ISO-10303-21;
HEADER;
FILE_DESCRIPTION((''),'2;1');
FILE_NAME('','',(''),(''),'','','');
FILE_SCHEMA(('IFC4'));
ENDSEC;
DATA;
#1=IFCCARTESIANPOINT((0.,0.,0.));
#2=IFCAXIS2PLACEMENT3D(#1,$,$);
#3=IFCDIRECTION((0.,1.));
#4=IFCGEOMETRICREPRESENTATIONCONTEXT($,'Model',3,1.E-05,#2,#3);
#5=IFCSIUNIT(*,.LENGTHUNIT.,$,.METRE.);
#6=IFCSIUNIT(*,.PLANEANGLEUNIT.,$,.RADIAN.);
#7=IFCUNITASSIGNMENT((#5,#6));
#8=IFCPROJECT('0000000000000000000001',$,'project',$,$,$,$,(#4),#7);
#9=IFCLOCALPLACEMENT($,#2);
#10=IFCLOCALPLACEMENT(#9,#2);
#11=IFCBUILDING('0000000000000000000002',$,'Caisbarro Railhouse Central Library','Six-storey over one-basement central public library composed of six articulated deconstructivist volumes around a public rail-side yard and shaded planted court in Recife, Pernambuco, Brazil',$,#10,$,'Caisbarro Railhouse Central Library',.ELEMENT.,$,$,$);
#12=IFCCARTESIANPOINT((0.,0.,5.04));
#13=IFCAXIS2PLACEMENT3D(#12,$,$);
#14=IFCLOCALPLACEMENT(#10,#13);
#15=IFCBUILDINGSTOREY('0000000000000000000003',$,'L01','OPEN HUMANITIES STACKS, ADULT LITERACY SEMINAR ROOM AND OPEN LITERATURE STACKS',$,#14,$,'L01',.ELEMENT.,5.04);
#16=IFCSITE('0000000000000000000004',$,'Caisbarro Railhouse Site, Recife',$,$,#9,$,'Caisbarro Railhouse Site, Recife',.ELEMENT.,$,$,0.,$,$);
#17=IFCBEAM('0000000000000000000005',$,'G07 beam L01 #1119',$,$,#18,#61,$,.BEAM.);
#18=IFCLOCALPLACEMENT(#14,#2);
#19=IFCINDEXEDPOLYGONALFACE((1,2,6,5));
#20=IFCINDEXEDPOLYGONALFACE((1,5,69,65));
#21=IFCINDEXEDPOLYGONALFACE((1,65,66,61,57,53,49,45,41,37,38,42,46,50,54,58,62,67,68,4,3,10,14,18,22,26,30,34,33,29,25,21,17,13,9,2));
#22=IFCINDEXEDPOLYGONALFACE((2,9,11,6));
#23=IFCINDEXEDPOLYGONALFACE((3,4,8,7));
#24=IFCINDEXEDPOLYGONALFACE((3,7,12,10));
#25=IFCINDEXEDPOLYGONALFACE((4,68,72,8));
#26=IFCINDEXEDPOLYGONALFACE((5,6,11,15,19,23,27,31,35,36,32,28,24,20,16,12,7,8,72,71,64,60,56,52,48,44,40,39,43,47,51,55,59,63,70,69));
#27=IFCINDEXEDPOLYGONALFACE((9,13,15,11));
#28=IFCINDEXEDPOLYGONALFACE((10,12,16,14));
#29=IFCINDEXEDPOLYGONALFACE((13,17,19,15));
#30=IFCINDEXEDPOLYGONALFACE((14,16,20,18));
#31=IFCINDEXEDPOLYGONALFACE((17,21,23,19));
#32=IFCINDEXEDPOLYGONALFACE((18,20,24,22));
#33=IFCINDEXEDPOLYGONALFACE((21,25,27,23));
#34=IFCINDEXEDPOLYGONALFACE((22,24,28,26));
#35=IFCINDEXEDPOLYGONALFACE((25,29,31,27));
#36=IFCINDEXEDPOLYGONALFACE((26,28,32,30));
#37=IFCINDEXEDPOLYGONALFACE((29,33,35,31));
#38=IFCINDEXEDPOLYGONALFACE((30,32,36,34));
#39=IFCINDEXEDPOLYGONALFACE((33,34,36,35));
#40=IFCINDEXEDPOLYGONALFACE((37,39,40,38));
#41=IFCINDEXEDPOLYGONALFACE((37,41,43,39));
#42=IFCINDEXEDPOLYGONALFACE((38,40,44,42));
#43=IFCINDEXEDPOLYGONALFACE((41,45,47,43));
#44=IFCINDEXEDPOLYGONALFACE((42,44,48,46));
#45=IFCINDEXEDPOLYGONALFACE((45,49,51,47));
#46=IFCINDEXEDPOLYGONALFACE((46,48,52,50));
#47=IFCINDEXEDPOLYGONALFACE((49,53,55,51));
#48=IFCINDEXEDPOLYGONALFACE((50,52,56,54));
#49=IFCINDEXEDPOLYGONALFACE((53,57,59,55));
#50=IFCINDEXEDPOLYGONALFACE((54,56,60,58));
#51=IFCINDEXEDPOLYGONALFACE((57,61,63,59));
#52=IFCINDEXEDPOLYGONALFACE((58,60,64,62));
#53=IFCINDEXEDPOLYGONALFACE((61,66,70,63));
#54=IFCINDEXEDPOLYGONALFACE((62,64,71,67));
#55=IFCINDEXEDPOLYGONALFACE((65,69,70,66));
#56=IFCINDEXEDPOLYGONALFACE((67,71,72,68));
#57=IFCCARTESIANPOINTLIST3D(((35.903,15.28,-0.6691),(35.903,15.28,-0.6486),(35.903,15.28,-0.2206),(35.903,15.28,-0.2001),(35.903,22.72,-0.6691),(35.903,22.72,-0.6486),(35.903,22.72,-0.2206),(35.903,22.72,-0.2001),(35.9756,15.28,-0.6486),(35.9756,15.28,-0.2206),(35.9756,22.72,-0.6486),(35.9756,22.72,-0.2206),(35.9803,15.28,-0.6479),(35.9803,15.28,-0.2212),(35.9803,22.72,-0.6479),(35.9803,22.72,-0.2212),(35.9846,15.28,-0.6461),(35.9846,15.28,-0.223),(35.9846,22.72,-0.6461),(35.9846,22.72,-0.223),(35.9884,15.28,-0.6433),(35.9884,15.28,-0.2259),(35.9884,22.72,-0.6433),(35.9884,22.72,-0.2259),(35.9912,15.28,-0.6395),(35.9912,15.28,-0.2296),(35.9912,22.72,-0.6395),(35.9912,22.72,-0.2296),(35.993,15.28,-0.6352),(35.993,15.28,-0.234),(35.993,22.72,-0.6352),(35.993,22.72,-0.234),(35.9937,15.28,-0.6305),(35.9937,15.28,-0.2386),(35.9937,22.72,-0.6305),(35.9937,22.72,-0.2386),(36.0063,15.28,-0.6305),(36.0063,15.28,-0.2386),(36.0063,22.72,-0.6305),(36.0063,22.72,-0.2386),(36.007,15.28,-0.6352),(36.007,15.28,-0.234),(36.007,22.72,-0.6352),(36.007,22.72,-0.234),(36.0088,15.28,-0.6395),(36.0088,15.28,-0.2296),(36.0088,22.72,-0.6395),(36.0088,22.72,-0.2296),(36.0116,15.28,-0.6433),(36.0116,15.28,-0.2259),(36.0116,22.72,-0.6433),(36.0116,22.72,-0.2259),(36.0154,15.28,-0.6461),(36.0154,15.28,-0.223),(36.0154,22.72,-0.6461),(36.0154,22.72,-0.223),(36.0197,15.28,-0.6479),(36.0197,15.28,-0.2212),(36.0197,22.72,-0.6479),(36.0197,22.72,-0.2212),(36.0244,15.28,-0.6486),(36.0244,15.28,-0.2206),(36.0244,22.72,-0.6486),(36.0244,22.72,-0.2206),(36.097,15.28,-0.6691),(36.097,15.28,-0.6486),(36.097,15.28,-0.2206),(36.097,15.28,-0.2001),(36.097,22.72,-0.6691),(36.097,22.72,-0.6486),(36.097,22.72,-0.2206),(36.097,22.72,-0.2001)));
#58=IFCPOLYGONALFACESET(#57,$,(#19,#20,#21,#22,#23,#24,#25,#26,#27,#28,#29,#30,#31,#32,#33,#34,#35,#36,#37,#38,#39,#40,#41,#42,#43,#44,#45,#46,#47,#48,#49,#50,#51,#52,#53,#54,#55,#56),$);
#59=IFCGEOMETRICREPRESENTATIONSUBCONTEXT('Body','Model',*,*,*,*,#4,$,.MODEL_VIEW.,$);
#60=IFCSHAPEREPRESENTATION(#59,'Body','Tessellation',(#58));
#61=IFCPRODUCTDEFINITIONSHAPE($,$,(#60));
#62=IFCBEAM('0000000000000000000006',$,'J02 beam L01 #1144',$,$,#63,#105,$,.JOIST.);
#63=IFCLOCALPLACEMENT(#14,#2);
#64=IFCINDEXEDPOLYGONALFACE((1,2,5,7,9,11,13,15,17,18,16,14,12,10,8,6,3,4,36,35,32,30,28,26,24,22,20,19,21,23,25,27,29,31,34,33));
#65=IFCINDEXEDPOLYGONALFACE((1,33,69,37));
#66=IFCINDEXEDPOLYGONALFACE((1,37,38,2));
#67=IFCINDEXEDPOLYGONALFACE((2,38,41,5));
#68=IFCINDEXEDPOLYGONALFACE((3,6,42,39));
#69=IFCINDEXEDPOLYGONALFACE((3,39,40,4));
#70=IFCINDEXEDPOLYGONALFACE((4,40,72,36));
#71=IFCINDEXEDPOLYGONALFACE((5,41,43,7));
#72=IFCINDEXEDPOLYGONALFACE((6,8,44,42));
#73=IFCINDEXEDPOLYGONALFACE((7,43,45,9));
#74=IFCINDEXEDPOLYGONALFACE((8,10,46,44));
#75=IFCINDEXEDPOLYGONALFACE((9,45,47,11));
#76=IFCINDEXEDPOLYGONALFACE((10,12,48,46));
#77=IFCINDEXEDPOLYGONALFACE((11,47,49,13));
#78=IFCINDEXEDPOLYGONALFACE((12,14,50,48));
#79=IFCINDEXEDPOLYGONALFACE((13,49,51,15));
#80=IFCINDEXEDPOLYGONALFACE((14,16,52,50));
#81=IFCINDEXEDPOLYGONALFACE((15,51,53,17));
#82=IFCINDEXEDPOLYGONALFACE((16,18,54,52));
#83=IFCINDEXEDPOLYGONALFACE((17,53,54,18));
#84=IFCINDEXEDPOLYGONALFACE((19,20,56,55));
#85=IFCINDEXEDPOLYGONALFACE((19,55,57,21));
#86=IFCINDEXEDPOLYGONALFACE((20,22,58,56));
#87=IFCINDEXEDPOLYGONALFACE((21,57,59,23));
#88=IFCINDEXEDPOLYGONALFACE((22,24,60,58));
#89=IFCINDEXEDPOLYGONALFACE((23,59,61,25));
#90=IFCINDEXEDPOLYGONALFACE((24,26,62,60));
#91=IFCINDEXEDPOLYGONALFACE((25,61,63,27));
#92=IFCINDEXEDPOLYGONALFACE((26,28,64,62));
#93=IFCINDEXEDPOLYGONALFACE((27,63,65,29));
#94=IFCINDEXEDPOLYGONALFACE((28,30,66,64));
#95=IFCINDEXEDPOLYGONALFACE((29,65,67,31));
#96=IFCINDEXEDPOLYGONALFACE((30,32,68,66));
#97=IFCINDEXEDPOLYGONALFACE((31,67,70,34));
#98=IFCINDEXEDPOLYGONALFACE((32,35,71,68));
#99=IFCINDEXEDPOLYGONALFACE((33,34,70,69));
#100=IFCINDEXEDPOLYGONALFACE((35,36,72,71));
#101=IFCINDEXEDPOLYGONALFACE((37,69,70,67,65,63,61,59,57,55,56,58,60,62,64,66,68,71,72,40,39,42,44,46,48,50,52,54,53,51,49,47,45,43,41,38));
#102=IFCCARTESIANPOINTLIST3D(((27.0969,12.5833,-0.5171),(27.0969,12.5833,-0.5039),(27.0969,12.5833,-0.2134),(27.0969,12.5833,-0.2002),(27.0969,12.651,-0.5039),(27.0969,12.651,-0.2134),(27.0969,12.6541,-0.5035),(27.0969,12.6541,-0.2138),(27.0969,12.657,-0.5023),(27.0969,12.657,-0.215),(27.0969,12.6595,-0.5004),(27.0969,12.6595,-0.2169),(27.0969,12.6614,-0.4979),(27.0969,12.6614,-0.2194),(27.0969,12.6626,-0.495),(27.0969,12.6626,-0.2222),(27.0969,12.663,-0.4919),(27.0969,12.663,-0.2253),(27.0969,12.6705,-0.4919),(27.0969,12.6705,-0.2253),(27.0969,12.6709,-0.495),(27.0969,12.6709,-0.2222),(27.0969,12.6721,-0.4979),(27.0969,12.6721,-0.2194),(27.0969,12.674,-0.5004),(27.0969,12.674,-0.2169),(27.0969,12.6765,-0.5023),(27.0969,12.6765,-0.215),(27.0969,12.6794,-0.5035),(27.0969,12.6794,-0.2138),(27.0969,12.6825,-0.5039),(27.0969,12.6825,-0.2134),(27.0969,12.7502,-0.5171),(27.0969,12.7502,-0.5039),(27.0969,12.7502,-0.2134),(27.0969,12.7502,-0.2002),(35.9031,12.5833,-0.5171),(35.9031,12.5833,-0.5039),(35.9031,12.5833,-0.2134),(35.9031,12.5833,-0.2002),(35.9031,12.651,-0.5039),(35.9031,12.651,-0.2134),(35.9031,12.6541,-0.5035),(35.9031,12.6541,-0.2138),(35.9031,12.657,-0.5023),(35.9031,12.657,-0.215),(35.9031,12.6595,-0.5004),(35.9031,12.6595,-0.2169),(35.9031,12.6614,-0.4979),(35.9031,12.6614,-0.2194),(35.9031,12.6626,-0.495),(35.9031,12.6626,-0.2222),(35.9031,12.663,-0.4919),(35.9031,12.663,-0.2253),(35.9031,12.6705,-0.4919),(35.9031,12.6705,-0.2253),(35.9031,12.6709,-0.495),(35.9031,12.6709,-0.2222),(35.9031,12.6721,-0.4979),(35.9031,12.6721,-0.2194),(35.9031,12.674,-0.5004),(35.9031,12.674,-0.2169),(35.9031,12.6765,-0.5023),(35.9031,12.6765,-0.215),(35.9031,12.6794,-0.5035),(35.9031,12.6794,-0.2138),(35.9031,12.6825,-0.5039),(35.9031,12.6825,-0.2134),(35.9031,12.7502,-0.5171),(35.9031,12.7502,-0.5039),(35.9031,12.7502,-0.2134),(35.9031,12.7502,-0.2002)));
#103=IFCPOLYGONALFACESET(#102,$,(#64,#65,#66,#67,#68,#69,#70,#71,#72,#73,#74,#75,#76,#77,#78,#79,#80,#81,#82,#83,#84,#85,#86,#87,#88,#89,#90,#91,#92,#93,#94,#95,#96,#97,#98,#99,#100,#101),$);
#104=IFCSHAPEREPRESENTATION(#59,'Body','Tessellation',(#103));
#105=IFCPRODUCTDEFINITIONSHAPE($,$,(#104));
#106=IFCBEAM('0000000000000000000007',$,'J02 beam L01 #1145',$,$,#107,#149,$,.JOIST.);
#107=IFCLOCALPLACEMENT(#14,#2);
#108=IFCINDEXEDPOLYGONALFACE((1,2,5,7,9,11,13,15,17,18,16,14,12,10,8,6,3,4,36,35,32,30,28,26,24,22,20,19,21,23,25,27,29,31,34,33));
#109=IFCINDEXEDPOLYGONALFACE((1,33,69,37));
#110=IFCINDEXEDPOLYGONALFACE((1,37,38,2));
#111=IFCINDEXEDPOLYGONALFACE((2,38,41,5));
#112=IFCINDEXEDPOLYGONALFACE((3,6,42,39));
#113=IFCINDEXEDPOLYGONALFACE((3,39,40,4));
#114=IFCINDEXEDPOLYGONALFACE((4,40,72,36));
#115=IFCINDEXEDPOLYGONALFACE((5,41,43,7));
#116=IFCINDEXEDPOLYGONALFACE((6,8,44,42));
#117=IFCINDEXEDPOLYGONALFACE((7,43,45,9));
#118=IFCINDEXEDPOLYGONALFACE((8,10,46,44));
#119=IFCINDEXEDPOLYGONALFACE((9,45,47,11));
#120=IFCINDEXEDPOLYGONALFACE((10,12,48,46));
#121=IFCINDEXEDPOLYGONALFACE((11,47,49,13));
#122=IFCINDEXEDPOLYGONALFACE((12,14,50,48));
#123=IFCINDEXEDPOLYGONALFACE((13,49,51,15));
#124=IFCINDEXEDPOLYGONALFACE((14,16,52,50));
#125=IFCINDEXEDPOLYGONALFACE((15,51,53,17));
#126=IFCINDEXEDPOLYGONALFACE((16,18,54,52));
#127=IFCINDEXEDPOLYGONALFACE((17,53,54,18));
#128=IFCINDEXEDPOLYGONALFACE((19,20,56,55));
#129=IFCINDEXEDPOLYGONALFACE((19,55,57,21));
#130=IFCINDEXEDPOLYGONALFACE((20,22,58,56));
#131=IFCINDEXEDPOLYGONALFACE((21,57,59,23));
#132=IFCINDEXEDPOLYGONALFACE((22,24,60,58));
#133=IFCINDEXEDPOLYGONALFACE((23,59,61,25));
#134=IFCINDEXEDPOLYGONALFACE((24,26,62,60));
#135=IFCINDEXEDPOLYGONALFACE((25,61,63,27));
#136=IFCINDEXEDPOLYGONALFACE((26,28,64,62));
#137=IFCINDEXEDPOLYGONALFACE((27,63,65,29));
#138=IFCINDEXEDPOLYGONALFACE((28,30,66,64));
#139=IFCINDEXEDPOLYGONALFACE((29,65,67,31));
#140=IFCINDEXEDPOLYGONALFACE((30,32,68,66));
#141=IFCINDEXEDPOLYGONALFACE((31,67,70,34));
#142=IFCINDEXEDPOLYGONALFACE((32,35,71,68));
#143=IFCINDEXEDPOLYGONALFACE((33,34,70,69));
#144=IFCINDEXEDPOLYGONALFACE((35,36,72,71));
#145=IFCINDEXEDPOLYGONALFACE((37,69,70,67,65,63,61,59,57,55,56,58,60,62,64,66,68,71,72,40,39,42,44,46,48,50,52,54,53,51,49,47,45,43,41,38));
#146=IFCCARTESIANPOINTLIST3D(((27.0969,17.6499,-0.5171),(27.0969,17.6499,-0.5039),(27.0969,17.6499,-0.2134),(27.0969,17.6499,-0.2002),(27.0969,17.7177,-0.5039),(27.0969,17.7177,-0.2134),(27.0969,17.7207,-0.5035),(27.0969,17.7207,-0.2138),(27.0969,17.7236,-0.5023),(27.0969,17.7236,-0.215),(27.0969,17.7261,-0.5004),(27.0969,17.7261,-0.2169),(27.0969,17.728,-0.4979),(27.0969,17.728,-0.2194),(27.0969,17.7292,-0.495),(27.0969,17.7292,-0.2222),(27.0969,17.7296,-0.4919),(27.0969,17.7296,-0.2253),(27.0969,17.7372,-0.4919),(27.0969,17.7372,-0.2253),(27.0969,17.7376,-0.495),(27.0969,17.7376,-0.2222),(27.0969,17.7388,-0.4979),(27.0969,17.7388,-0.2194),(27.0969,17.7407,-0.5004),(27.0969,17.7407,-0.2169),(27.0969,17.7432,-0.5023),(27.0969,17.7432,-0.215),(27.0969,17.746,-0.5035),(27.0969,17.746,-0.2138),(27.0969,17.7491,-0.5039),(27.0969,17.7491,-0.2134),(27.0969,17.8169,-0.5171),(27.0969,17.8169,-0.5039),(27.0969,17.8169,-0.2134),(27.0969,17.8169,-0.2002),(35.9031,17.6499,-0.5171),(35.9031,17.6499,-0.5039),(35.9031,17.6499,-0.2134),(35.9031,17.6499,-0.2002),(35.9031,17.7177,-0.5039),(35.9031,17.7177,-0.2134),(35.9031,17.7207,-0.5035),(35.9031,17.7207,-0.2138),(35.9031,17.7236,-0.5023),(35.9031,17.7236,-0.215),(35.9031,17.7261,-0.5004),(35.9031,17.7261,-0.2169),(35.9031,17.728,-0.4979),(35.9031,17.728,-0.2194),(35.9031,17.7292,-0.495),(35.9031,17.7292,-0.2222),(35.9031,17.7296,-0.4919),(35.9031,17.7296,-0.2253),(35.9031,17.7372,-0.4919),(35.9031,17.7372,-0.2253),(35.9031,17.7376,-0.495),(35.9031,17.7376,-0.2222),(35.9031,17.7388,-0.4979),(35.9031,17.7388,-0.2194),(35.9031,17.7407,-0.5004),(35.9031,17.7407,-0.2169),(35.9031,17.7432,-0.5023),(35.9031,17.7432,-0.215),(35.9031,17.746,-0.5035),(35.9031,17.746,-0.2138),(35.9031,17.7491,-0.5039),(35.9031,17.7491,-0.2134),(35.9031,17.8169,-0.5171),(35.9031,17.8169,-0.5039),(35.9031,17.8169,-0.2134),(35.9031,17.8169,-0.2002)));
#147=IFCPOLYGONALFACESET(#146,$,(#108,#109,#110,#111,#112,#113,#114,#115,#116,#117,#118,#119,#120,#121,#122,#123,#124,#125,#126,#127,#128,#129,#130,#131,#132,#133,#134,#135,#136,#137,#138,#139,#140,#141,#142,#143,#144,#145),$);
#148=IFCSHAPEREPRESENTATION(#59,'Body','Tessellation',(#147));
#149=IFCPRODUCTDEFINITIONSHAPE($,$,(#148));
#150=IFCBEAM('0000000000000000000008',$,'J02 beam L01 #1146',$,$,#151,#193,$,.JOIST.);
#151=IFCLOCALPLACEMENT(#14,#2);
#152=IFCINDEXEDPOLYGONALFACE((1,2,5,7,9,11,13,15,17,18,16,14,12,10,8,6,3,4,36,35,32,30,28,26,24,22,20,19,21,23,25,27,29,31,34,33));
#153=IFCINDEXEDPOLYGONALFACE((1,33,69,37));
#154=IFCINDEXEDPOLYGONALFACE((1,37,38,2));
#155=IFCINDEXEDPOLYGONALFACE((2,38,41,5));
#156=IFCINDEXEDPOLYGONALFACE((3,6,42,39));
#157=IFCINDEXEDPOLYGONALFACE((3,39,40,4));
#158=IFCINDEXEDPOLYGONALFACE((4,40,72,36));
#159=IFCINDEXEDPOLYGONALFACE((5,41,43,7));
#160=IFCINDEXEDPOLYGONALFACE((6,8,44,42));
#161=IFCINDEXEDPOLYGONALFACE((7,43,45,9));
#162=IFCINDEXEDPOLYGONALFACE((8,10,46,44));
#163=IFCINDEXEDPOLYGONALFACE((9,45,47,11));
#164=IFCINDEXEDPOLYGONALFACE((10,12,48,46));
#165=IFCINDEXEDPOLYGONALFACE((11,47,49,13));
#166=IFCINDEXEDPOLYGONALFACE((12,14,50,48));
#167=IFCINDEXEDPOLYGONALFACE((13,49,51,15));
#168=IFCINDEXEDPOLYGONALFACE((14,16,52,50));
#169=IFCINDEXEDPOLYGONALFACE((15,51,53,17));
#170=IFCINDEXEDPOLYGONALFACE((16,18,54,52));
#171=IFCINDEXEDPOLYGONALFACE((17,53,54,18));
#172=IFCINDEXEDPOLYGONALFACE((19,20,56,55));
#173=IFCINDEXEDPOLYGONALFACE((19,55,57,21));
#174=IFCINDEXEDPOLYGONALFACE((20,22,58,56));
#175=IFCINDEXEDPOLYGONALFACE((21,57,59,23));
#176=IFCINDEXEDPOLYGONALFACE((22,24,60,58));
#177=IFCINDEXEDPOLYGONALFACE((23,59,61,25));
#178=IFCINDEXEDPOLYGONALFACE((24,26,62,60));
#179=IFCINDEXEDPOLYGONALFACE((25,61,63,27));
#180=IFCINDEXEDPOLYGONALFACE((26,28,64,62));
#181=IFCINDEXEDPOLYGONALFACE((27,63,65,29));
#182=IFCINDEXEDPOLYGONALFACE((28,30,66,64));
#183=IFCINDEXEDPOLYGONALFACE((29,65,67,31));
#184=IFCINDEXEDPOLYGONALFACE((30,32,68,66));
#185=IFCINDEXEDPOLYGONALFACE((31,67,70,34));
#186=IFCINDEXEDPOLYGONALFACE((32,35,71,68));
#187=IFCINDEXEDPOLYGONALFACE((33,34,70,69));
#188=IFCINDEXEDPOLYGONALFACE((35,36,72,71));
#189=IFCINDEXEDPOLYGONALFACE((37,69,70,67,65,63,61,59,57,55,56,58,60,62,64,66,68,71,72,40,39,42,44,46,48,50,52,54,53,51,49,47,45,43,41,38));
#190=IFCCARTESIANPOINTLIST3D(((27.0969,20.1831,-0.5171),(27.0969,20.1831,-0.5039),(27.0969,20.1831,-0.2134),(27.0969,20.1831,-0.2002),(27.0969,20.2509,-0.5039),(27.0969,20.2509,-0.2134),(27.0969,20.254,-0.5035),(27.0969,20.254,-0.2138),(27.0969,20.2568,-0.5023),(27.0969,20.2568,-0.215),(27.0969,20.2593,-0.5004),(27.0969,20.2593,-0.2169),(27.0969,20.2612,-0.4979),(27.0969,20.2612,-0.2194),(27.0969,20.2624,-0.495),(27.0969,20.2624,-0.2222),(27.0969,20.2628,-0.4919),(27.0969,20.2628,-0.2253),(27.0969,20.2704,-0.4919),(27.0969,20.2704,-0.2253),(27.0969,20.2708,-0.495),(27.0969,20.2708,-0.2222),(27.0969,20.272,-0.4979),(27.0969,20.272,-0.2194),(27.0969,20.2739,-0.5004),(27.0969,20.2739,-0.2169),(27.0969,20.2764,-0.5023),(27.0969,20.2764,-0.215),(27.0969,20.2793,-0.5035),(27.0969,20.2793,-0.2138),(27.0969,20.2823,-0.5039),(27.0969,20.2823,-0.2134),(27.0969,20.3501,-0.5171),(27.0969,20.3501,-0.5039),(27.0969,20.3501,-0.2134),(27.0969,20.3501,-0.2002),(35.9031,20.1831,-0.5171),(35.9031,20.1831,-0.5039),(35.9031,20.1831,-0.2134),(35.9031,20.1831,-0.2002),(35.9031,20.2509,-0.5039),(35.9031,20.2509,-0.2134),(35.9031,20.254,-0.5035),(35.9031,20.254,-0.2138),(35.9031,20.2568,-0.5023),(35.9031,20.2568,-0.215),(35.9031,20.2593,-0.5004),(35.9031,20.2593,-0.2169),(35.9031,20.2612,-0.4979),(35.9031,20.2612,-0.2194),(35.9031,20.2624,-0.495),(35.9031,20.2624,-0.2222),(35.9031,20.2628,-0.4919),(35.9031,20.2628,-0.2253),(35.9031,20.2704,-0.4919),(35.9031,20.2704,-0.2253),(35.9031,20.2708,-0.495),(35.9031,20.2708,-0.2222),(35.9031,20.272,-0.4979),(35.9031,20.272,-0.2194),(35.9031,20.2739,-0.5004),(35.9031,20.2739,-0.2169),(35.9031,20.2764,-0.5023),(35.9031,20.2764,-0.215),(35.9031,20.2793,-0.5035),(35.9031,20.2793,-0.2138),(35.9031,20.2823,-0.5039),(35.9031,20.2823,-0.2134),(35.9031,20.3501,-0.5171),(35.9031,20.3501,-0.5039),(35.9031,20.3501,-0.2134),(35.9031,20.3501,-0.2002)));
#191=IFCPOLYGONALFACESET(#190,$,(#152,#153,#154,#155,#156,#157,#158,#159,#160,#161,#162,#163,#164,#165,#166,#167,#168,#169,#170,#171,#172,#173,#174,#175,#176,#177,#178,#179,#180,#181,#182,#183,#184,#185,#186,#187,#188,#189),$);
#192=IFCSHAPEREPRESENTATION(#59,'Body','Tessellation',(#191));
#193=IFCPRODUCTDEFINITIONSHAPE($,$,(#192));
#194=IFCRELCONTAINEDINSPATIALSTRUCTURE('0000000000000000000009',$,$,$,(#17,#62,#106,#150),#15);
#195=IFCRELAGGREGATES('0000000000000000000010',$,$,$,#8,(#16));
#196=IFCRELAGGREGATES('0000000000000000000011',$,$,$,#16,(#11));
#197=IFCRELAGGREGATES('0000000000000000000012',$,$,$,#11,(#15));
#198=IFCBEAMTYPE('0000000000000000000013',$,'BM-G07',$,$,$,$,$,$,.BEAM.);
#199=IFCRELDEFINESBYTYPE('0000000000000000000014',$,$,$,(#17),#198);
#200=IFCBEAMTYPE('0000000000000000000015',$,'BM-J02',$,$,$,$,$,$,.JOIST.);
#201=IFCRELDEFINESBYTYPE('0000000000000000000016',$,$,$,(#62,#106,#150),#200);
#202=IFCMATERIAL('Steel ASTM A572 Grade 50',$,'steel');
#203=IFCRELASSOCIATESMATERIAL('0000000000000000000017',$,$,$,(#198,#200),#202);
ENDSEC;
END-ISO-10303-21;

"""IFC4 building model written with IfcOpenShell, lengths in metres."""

from ifc_helpers import new_model, si_unit, direction, frame, origin, origin_2d, place, context, subcontext, project, spatial, i_section, extrude, material, material_profile, profile_set, type_object, element, save


model = new_model("IFC4")

# Units and contexts
model_context = context("Model", 3, precision=1e-05, world=origin(), true_north=direction((0.0, 1.0)))
body_context = subcontext(model_context, "Body", "Model", "MODEL_VIEW")
ifc_project = project(units=[si_unit("LENGTHUNIT", "METRE"), si_unit("PLANEANGLEUNIT", "RADIAN")], contexts=[model_context])

# Site, building, storey
site_placement = place(None, origin())
site = spatial("IfcSite", under=ifc_project, at=site_placement, Name="Caisbarro Railhouse Site, Recife", LongName="Caisbarro Railhouse Site, Recife", CompositionType="ELEMENT", RefElevation=0.0)
building_placement = place(site_placement, origin())
building = spatial("IfcBuilding", under=site, at=building_placement, Name="Caisbarro Railhouse Central Library", Description="Six-storey over one-basement central public library composed of six articulated deconstructivist volumes around a public rail-side yard and shaded planted court in Recife, Pernambuco, Brazil", LongName="Caisbarro Railhouse Central Library", CompositionType="ELEMENT")
storey_placement = place(building_placement, frame((0.0, 0.0, 5.04)))
storey = spatial("IfcBuildingStorey", under=building, at=storey_placement, Name="L01", Description="OPEN HUMANITIES STACKS, ADULT LITERACY SEMINAR ROOM AND OPEN LITERATURE STACKS", LongName="L01", CompositionType="ELEMENT", Elevation=5.04)

# Shared definitions
ifc_material_1 = material(Name="Steel ASTM A572 Grade 50", Category="steel")

# Beams
ifc_material_profile_1 = material_profile(ifc_material_1, i_section(OverallWidth=0.1941, OverallDepth=0.469, WebThickness=0.0127, FlangeThickness=0.0205, FilletRadius=0.0181, at=origin_2d()), Name="W460X106.0")
ifc_profile_set_1 = profile_set([ifc_material_profile_1], Name="Steel ASTM A572 Grade 50")
beam_type_1 = type_object("IfcBeamType", Name="BM-G07", PredefinedType="BEAM", material=ifc_profile_set_1)
for number, where, z_axis, x_axis, name in (
    (1, (36.0, 15.28, -0.4346), (0.0, 1.0, 0.0), (-1.0, 0.0, 0.0), "G07 beam L01 #1119"),
):
    element("IfcBeam", number, at=place(storey_placement, frame(where, z_axis=z_axis, x_axis=x_axis)), inside=storey, type_object=beam_type_1, Name=name, PredefinedType="BEAM", context=body_context, shape_type="SweptSolid", body=[
        extrude(i_section(OverallWidth=0.1941, OverallDepth=0.469, WebThickness=0.0127, FlangeThickness=0.0205, FilletRadius=0.0181, at=origin_2d()), origin(), (0.0, 0.0, 1.0), 7.4399),
    ])
ifc_material_profile_2 = material_profile(ifc_material_1, i_section(OverallWidth=0.167, OverallDepth=0.3169, WebThickness=0.0076, FlangeThickness=0.0132, FilletRadius=0.012, at=origin_2d()), Name="W310X52.0")
ifc_profile_set_2 = profile_set([ifc_material_profile_2], Name="Steel ASTM A572 Grade 50")
beam_type_2 = type_object("IfcBeamType", Name="BM-J02", PredefinedType="JOIST", material=ifc_profile_set_2)
for number, where, z_axis, x_axis, name in (
    (2, (27.0969, 12.6667, -0.3586), (1.0, 0.0, 0.0), (0.0, 1.0, 0.0), "J02 beam L01 #1144"),
    (3, (27.0969, 17.7334, -0.3586), (1.0, 0.0, 0.0), (0.0, 1.0, 0.0), "J02 beam L01 #1145"),
    (4, (27.0969, 20.2666, -0.3586), (1.0, 0.0, 0.0), (0.0, 1.0, 0.0), "J02 beam L01 #1146"),
):
    element("IfcBeam", number, at=place(storey_placement, frame(where, z_axis=z_axis, x_axis=x_axis)), inside=storey, type_object=beam_type_2, Name=name, PredefinedType="JOIST", context=body_context, shape_type="SweptSolid", body=[
        extrude(i_section(OverallWidth=0.167, OverallDepth=0.3169, WebThickness=0.0076, FlangeThickness=0.0132, FilletRadius=0.012, at=origin_2d()), origin(), (0.0, 0.0, 1.0), 8.8062),
    ])

save(model, "model.ifc")
